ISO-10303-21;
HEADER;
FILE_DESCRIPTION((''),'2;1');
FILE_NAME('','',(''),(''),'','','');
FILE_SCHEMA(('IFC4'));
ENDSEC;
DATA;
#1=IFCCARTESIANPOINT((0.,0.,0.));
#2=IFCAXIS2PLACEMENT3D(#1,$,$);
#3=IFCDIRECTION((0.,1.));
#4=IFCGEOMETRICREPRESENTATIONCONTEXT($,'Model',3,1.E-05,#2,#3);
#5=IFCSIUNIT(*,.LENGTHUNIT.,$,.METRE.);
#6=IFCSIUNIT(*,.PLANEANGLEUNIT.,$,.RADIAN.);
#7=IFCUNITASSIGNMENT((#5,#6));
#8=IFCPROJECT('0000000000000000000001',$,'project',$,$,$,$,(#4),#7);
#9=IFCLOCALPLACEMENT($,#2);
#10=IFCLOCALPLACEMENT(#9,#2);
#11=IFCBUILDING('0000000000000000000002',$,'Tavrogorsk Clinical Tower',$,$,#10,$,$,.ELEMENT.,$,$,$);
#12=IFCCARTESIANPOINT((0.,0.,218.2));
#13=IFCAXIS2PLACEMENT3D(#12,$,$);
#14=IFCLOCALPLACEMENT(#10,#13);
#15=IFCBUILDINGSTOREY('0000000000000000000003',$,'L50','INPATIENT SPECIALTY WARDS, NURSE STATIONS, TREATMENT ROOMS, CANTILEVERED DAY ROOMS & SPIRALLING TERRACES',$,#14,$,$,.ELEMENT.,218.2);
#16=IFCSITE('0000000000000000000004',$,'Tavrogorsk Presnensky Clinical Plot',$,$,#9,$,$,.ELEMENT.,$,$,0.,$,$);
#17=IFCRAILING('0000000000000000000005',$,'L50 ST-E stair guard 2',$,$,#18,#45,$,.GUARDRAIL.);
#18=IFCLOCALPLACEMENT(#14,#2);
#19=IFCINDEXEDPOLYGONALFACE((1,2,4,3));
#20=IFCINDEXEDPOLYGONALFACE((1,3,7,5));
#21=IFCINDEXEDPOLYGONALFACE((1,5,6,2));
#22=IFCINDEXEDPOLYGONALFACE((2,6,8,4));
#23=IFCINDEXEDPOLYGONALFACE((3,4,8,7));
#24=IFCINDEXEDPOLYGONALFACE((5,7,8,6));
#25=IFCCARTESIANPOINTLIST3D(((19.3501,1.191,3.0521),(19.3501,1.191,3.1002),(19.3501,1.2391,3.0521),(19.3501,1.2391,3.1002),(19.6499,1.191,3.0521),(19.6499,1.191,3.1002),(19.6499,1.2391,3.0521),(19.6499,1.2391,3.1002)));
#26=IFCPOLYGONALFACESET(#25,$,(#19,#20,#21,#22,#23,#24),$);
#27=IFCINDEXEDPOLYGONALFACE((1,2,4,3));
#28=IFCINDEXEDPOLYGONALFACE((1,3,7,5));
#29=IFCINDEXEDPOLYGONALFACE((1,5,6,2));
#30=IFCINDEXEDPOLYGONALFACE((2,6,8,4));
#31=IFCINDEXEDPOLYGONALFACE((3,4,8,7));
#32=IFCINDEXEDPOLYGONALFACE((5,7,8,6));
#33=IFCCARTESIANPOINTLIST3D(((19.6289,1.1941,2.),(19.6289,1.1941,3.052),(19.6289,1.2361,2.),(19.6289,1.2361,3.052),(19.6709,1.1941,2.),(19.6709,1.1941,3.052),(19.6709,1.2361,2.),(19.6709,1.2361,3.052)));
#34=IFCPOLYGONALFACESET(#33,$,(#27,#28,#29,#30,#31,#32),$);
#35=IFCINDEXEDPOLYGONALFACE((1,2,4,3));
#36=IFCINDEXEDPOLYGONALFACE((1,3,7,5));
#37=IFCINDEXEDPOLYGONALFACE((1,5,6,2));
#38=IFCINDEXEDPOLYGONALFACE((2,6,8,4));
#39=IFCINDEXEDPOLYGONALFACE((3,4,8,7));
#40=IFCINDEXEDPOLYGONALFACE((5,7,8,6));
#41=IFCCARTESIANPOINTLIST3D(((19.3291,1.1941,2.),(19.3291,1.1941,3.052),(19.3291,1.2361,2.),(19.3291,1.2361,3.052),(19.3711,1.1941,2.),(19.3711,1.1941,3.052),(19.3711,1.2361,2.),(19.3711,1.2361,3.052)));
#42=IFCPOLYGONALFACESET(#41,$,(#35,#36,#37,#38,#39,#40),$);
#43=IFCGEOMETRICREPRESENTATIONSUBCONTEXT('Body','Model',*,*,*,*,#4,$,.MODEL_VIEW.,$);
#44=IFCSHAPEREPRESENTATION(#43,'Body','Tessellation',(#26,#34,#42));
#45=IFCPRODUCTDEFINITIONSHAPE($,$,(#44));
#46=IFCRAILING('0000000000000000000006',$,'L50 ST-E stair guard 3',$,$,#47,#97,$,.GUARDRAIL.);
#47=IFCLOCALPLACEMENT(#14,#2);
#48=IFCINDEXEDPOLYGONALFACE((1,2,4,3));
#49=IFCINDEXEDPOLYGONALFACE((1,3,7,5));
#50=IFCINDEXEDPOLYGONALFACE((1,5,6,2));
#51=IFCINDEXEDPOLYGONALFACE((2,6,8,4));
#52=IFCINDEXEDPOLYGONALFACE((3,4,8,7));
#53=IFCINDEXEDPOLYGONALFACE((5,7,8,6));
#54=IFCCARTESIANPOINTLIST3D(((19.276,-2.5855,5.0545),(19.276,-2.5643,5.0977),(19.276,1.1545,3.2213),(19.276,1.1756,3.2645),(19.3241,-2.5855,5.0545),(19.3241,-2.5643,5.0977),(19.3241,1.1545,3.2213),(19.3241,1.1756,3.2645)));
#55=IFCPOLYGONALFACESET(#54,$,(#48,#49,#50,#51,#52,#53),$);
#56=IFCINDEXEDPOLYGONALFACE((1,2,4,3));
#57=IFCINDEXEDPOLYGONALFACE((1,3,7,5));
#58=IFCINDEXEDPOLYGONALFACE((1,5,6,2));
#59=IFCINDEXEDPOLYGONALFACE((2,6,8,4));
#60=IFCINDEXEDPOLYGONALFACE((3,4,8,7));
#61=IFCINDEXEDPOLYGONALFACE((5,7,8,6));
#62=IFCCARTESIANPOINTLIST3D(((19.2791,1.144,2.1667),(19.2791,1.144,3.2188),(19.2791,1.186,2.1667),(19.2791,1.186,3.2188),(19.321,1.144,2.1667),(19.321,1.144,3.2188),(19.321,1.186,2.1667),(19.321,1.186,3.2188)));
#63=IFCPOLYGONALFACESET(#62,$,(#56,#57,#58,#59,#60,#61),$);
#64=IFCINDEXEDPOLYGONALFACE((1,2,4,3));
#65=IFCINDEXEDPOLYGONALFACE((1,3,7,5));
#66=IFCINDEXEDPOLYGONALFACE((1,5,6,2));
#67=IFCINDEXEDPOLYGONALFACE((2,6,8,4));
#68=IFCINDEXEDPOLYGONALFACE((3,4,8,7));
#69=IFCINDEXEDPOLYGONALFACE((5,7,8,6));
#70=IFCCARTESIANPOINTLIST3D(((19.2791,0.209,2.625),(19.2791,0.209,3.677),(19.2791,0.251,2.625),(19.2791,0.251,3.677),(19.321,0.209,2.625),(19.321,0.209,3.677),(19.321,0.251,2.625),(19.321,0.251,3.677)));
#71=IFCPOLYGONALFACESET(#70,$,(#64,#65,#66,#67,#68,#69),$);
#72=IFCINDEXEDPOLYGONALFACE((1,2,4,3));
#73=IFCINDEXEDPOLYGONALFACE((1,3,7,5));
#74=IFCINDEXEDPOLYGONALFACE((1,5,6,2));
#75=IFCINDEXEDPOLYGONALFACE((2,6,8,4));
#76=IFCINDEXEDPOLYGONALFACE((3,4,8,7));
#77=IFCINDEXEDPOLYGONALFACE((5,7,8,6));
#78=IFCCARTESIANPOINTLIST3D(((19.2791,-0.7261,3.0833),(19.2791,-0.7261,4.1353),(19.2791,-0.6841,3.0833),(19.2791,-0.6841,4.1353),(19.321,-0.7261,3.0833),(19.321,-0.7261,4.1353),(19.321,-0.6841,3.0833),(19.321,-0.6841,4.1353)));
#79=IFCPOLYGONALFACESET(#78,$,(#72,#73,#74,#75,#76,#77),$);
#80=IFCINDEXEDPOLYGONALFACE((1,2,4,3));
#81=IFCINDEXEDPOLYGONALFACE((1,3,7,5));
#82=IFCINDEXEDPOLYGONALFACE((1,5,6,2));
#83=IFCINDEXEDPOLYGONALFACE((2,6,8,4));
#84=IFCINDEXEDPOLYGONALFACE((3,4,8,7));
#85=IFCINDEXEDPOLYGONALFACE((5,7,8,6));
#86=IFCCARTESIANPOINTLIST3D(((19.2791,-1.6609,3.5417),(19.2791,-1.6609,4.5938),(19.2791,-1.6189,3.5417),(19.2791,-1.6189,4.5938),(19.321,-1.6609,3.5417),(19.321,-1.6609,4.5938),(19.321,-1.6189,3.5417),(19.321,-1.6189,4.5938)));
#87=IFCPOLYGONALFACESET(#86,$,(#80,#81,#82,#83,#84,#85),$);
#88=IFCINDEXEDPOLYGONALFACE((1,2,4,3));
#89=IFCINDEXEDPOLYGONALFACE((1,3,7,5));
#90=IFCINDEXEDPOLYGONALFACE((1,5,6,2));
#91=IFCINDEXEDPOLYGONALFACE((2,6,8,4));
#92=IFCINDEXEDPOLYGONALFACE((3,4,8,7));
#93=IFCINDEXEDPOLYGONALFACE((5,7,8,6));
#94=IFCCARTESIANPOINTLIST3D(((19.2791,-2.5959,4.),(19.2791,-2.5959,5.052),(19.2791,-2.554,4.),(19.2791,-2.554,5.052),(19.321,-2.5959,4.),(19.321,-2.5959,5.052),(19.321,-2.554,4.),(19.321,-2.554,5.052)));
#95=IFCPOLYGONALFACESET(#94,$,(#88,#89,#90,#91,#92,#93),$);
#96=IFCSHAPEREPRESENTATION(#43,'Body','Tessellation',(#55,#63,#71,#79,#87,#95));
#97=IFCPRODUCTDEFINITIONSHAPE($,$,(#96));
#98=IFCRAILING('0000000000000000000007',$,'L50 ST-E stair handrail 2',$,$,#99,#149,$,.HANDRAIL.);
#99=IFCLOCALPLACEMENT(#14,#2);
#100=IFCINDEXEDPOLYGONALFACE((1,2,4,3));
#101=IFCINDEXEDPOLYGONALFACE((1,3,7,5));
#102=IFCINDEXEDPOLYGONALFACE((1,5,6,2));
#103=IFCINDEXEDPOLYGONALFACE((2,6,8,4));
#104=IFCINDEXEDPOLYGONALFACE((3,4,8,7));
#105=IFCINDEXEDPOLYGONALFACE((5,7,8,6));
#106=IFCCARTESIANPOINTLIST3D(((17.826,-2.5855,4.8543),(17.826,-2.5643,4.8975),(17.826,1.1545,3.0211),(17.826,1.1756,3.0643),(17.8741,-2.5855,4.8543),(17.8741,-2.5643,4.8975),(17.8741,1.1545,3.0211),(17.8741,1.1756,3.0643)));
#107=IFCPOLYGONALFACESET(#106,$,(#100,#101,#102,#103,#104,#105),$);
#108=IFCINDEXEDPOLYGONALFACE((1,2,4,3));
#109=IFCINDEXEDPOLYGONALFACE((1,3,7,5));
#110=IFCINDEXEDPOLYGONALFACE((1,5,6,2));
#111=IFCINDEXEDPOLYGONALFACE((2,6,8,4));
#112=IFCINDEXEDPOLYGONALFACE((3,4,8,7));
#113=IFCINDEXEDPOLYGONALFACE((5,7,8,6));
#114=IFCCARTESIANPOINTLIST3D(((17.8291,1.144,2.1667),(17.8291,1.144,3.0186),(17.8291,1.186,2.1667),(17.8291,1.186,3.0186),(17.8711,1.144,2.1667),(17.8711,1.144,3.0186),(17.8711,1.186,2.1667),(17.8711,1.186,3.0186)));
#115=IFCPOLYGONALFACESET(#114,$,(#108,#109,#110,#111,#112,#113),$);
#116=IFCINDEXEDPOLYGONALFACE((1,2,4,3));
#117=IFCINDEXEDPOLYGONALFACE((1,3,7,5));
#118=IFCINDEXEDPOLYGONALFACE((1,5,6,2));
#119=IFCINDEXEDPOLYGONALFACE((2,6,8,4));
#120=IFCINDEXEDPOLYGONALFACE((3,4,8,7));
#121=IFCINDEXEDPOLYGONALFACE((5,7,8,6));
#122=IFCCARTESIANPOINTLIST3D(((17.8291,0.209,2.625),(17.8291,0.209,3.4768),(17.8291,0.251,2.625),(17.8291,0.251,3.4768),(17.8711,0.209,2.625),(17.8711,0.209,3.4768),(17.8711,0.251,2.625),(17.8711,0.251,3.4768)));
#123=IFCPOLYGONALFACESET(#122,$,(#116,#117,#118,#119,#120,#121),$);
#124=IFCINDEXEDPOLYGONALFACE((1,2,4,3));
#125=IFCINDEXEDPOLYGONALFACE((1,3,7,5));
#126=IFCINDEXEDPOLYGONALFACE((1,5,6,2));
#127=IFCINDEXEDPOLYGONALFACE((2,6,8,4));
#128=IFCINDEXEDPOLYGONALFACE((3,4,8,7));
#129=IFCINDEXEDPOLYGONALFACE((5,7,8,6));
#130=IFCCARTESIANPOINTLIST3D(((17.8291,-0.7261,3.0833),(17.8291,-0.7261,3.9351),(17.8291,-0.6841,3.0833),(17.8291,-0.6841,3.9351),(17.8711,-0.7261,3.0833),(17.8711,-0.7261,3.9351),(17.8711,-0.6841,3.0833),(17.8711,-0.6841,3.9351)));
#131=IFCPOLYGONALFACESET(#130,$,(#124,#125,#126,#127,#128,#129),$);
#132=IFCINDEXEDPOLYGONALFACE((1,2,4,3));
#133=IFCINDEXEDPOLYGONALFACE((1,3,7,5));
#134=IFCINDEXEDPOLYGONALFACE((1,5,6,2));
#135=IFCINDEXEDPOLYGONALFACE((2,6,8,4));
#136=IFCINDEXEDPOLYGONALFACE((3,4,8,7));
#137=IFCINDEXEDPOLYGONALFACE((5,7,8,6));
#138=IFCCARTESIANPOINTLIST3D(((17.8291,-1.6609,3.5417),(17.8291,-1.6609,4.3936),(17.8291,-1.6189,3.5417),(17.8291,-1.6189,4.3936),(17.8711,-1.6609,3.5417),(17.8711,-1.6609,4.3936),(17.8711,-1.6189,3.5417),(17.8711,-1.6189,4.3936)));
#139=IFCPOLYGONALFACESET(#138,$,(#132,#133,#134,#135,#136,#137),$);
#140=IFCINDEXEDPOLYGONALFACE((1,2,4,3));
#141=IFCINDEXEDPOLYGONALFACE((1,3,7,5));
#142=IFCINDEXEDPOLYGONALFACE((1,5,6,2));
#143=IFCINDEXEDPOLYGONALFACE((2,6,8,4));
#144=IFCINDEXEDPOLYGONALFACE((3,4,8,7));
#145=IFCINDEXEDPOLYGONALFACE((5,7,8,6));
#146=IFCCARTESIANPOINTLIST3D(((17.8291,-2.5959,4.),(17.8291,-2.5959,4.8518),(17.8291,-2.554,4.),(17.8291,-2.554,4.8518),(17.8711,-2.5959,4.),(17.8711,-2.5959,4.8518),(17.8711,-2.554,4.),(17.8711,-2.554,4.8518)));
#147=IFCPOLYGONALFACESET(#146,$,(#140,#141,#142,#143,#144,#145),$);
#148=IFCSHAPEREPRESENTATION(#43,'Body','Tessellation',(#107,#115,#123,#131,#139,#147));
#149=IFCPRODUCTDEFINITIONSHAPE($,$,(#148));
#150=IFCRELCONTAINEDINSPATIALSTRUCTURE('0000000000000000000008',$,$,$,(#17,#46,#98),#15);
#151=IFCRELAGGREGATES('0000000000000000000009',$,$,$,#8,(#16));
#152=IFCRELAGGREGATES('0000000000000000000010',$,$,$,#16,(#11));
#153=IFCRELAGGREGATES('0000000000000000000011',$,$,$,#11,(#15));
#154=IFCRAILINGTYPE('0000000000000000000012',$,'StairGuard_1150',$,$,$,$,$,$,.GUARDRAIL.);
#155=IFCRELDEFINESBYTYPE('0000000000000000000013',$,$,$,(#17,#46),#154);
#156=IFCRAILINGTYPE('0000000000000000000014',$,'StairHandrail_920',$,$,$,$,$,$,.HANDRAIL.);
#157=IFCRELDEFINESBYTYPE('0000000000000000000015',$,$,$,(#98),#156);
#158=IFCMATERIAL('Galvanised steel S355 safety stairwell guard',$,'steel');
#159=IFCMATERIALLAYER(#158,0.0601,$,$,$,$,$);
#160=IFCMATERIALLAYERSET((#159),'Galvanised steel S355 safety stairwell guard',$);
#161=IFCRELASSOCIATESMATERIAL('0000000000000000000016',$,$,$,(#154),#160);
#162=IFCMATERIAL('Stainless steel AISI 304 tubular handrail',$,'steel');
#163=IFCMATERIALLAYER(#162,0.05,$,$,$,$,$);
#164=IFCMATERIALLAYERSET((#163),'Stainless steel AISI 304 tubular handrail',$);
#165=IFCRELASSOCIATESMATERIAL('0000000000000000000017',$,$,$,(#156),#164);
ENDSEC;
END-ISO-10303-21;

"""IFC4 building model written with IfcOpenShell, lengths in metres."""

from ifc_helpers import new_model, si_unit, direction, frame, origin, origin_2d, place, context, subcontext, project, spatial, rectangle, extrude, material, layer, layer_set, type_object, element, save


model = new_model("IFC4")

# Units and contexts
model_context = context("Model", 3, precision=1e-05, world=origin(), true_north=direction((0.0, 1.0)))
body_context = subcontext(model_context, "Body", "Model", "MODEL_VIEW")
ifc_project = project(units=[si_unit("LENGTHUNIT", "METRE"), si_unit("PLANEANGLEUNIT", "RADIAN")], contexts=[model_context])

# Site, building, storey
site_placement = place(None, origin())
site = spatial("IfcSite", under=ifc_project, at=site_placement, Name="Tavrogorsk Presnensky Clinical Plot", CompositionType="ELEMENT", RefElevation=0.0)
building_placement = place(site_placement, origin())
building = spatial("IfcBuilding", under=site, at=building_placement, Name="Tavrogorsk Clinical Tower", CompositionType="ELEMENT")
storey_placement = place(building_placement, frame((0.0, 0.0, 218.2)))
storey = spatial("IfcBuildingStorey", under=building, at=storey_placement, Name="L50", Description="INPATIENT SPECIALTY WARDS, NURSE STATIONS, TREATMENT ROOMS, CANTILEVERED DAY ROOMS & SPIRALLING TERRACES", CompositionType="ELEMENT", Elevation=218.2)

# Railings
ifc_material_1 = material(Name="Galvanised steel S355 safety stairwell guard", Category="steel")
ifc_layer_1 = layer(ifc_material_1, 0.0601)
ifc_layer_set_1 = layer_set([ifc_layer_1], Name="Galvanised steel S355 safety stairwell guard")
railing_type_1 = type_object("IfcRailingType", Name="StairGuard_1150", PredefinedType="GUARDRAIL", material=ifc_layer_set_1)
railing_1_placement = place(storey_placement, frame((19.6499, 1.2151, 2.0)))
element("IfcRailing", 1, at=railing_1_placement, inside=storey, type_object=railing_type_1, Name="L50 ST-E stair guard 2", PredefinedType="GUARDRAIL", context=body_context, shape_type="SweptSolid", body=[
    extrude(rectangle(XDim=0.0481, YDim=0.0481, at=origin_2d()), frame((0.0, 0.0, 1.0762), z_axis=(-1.0, 0.0, 0.0), x_axis=(0.0, -1.0, 0.0)), (0.0, 0.0, 1.0), 0.2998),
    extrude(rectangle(XDim=0.042, YDim=0.042, at=origin_2d()), origin(), (0.0, 0.0, 1.0), 1.052),
    extrude(rectangle(XDim=0.042, YDim=0.042, at=origin_2d()), frame((-0.2998, 0.0, 0.0)), (0.0, 0.0, 1.0), 1.052),
])
railing_2_placement = place(storey_placement, frame((19.3, 1.165, 2.1667)))
element("IfcRailing", 2, at=railing_2_placement, inside=storey, type_object=railing_type_1, Name="L50 ST-E stair guard 3", PredefinedType="GUARDRAIL", context=body_context, shape_type="SweptSolid", body=[
    extrude(rectangle(XDim=0.0481, YDim=0.0481, at=origin_2d()), frame((0.0, 0.0, 1.0762), z_axis=(0.0, -0.897928, 0.440142), x_axis=(1.0, 0.0, 0.0)), (0.0, 0.0, 1.0), 4.165),
    extrude(rectangle(XDim=0.042, YDim=0.042, at=origin_2d()), origin(), (0.0, 0.0, 1.0), 1.052),
    extrude(rectangle(XDim=0.042, YDim=0.042, at=origin_2d()), frame((0.0, -0.9351, 0.4583)), (0.0, 0.0, 1.0), 1.052),
    extrude(rectangle(XDim=0.042, YDim=0.042, at=origin_2d()), frame((0.0, -1.8701, 0.9165)), (0.0, 0.0, 1.0), 1.052),
    extrude(rectangle(XDim=0.042, YDim=0.042, at=origin_2d()), frame((0.0, -2.8049, 1.375)), (0.0, 0.0, 1.0), 1.052),
    extrude(rectangle(XDim=0.042, YDim=0.042, at=origin_2d()), frame((0.0, -3.74, 1.8333)), (0.0, 0.0, 1.0), 1.052),
])
ifc_material_2 = material(Name="Stainless steel AISI 304 tubular handrail", Category="steel")
ifc_layer_2 = layer(ifc_material_2, 0.05)
ifc_layer_set_2 = layer_set([ifc_layer_2], Name="Stainless steel AISI 304 tubular handrail")
railing_type_2 = type_object("IfcRailingType", Name="StairHandrail_920", PredefinedType="HANDRAIL", material=ifc_layer_set_2)
railing_3_placement = place(storey_placement, frame((17.8501, 1.165, 2.1667)))
element("IfcRailing", 3, at=railing_3_placement, inside=storey, type_object=railing_type_2, Name="L50 ST-E stair handrail 2", PredefinedType="HANDRAIL", context=body_context, shape_type="SweptSolid", body=[
    extrude(rectangle(XDim=0.0481, YDim=0.0481, at=origin_2d()), frame((0.0, 0.0, 0.876), z_axis=(0.0, -0.897928, 0.440142), x_axis=(1.0, 0.0, 0.0)), (0.0, 0.0, 1.0), 4.165),
    extrude(rectangle(XDim=0.042, YDim=0.042, at=origin_2d()), origin(), (0.0, 0.0, 1.0), 0.8518),
    extrude(rectangle(XDim=0.042, YDim=0.042, at=origin_2d()), frame((0.0, -0.9351, 0.4583)), (0.0, 0.0, 1.0), 0.8518),
    extrude(rectangle(XDim=0.042, YDim=0.042, at=origin_2d()), frame((0.0, -1.8701, 0.9165)), (0.0, 0.0, 1.0), 0.8518),
    extrude(rectangle(XDim=0.042, YDim=0.042, at=origin_2d()), frame((0.0, -2.8049, 1.375)), (0.0, 0.0, 1.0), 0.8518),
    extrude(rectangle(XDim=0.042, YDim=0.042, at=origin_2d()), frame((0.0, -3.74, 1.8333)), (0.0, 0.0, 1.0), 0.8518),
])

save(model, "model.ifc")
